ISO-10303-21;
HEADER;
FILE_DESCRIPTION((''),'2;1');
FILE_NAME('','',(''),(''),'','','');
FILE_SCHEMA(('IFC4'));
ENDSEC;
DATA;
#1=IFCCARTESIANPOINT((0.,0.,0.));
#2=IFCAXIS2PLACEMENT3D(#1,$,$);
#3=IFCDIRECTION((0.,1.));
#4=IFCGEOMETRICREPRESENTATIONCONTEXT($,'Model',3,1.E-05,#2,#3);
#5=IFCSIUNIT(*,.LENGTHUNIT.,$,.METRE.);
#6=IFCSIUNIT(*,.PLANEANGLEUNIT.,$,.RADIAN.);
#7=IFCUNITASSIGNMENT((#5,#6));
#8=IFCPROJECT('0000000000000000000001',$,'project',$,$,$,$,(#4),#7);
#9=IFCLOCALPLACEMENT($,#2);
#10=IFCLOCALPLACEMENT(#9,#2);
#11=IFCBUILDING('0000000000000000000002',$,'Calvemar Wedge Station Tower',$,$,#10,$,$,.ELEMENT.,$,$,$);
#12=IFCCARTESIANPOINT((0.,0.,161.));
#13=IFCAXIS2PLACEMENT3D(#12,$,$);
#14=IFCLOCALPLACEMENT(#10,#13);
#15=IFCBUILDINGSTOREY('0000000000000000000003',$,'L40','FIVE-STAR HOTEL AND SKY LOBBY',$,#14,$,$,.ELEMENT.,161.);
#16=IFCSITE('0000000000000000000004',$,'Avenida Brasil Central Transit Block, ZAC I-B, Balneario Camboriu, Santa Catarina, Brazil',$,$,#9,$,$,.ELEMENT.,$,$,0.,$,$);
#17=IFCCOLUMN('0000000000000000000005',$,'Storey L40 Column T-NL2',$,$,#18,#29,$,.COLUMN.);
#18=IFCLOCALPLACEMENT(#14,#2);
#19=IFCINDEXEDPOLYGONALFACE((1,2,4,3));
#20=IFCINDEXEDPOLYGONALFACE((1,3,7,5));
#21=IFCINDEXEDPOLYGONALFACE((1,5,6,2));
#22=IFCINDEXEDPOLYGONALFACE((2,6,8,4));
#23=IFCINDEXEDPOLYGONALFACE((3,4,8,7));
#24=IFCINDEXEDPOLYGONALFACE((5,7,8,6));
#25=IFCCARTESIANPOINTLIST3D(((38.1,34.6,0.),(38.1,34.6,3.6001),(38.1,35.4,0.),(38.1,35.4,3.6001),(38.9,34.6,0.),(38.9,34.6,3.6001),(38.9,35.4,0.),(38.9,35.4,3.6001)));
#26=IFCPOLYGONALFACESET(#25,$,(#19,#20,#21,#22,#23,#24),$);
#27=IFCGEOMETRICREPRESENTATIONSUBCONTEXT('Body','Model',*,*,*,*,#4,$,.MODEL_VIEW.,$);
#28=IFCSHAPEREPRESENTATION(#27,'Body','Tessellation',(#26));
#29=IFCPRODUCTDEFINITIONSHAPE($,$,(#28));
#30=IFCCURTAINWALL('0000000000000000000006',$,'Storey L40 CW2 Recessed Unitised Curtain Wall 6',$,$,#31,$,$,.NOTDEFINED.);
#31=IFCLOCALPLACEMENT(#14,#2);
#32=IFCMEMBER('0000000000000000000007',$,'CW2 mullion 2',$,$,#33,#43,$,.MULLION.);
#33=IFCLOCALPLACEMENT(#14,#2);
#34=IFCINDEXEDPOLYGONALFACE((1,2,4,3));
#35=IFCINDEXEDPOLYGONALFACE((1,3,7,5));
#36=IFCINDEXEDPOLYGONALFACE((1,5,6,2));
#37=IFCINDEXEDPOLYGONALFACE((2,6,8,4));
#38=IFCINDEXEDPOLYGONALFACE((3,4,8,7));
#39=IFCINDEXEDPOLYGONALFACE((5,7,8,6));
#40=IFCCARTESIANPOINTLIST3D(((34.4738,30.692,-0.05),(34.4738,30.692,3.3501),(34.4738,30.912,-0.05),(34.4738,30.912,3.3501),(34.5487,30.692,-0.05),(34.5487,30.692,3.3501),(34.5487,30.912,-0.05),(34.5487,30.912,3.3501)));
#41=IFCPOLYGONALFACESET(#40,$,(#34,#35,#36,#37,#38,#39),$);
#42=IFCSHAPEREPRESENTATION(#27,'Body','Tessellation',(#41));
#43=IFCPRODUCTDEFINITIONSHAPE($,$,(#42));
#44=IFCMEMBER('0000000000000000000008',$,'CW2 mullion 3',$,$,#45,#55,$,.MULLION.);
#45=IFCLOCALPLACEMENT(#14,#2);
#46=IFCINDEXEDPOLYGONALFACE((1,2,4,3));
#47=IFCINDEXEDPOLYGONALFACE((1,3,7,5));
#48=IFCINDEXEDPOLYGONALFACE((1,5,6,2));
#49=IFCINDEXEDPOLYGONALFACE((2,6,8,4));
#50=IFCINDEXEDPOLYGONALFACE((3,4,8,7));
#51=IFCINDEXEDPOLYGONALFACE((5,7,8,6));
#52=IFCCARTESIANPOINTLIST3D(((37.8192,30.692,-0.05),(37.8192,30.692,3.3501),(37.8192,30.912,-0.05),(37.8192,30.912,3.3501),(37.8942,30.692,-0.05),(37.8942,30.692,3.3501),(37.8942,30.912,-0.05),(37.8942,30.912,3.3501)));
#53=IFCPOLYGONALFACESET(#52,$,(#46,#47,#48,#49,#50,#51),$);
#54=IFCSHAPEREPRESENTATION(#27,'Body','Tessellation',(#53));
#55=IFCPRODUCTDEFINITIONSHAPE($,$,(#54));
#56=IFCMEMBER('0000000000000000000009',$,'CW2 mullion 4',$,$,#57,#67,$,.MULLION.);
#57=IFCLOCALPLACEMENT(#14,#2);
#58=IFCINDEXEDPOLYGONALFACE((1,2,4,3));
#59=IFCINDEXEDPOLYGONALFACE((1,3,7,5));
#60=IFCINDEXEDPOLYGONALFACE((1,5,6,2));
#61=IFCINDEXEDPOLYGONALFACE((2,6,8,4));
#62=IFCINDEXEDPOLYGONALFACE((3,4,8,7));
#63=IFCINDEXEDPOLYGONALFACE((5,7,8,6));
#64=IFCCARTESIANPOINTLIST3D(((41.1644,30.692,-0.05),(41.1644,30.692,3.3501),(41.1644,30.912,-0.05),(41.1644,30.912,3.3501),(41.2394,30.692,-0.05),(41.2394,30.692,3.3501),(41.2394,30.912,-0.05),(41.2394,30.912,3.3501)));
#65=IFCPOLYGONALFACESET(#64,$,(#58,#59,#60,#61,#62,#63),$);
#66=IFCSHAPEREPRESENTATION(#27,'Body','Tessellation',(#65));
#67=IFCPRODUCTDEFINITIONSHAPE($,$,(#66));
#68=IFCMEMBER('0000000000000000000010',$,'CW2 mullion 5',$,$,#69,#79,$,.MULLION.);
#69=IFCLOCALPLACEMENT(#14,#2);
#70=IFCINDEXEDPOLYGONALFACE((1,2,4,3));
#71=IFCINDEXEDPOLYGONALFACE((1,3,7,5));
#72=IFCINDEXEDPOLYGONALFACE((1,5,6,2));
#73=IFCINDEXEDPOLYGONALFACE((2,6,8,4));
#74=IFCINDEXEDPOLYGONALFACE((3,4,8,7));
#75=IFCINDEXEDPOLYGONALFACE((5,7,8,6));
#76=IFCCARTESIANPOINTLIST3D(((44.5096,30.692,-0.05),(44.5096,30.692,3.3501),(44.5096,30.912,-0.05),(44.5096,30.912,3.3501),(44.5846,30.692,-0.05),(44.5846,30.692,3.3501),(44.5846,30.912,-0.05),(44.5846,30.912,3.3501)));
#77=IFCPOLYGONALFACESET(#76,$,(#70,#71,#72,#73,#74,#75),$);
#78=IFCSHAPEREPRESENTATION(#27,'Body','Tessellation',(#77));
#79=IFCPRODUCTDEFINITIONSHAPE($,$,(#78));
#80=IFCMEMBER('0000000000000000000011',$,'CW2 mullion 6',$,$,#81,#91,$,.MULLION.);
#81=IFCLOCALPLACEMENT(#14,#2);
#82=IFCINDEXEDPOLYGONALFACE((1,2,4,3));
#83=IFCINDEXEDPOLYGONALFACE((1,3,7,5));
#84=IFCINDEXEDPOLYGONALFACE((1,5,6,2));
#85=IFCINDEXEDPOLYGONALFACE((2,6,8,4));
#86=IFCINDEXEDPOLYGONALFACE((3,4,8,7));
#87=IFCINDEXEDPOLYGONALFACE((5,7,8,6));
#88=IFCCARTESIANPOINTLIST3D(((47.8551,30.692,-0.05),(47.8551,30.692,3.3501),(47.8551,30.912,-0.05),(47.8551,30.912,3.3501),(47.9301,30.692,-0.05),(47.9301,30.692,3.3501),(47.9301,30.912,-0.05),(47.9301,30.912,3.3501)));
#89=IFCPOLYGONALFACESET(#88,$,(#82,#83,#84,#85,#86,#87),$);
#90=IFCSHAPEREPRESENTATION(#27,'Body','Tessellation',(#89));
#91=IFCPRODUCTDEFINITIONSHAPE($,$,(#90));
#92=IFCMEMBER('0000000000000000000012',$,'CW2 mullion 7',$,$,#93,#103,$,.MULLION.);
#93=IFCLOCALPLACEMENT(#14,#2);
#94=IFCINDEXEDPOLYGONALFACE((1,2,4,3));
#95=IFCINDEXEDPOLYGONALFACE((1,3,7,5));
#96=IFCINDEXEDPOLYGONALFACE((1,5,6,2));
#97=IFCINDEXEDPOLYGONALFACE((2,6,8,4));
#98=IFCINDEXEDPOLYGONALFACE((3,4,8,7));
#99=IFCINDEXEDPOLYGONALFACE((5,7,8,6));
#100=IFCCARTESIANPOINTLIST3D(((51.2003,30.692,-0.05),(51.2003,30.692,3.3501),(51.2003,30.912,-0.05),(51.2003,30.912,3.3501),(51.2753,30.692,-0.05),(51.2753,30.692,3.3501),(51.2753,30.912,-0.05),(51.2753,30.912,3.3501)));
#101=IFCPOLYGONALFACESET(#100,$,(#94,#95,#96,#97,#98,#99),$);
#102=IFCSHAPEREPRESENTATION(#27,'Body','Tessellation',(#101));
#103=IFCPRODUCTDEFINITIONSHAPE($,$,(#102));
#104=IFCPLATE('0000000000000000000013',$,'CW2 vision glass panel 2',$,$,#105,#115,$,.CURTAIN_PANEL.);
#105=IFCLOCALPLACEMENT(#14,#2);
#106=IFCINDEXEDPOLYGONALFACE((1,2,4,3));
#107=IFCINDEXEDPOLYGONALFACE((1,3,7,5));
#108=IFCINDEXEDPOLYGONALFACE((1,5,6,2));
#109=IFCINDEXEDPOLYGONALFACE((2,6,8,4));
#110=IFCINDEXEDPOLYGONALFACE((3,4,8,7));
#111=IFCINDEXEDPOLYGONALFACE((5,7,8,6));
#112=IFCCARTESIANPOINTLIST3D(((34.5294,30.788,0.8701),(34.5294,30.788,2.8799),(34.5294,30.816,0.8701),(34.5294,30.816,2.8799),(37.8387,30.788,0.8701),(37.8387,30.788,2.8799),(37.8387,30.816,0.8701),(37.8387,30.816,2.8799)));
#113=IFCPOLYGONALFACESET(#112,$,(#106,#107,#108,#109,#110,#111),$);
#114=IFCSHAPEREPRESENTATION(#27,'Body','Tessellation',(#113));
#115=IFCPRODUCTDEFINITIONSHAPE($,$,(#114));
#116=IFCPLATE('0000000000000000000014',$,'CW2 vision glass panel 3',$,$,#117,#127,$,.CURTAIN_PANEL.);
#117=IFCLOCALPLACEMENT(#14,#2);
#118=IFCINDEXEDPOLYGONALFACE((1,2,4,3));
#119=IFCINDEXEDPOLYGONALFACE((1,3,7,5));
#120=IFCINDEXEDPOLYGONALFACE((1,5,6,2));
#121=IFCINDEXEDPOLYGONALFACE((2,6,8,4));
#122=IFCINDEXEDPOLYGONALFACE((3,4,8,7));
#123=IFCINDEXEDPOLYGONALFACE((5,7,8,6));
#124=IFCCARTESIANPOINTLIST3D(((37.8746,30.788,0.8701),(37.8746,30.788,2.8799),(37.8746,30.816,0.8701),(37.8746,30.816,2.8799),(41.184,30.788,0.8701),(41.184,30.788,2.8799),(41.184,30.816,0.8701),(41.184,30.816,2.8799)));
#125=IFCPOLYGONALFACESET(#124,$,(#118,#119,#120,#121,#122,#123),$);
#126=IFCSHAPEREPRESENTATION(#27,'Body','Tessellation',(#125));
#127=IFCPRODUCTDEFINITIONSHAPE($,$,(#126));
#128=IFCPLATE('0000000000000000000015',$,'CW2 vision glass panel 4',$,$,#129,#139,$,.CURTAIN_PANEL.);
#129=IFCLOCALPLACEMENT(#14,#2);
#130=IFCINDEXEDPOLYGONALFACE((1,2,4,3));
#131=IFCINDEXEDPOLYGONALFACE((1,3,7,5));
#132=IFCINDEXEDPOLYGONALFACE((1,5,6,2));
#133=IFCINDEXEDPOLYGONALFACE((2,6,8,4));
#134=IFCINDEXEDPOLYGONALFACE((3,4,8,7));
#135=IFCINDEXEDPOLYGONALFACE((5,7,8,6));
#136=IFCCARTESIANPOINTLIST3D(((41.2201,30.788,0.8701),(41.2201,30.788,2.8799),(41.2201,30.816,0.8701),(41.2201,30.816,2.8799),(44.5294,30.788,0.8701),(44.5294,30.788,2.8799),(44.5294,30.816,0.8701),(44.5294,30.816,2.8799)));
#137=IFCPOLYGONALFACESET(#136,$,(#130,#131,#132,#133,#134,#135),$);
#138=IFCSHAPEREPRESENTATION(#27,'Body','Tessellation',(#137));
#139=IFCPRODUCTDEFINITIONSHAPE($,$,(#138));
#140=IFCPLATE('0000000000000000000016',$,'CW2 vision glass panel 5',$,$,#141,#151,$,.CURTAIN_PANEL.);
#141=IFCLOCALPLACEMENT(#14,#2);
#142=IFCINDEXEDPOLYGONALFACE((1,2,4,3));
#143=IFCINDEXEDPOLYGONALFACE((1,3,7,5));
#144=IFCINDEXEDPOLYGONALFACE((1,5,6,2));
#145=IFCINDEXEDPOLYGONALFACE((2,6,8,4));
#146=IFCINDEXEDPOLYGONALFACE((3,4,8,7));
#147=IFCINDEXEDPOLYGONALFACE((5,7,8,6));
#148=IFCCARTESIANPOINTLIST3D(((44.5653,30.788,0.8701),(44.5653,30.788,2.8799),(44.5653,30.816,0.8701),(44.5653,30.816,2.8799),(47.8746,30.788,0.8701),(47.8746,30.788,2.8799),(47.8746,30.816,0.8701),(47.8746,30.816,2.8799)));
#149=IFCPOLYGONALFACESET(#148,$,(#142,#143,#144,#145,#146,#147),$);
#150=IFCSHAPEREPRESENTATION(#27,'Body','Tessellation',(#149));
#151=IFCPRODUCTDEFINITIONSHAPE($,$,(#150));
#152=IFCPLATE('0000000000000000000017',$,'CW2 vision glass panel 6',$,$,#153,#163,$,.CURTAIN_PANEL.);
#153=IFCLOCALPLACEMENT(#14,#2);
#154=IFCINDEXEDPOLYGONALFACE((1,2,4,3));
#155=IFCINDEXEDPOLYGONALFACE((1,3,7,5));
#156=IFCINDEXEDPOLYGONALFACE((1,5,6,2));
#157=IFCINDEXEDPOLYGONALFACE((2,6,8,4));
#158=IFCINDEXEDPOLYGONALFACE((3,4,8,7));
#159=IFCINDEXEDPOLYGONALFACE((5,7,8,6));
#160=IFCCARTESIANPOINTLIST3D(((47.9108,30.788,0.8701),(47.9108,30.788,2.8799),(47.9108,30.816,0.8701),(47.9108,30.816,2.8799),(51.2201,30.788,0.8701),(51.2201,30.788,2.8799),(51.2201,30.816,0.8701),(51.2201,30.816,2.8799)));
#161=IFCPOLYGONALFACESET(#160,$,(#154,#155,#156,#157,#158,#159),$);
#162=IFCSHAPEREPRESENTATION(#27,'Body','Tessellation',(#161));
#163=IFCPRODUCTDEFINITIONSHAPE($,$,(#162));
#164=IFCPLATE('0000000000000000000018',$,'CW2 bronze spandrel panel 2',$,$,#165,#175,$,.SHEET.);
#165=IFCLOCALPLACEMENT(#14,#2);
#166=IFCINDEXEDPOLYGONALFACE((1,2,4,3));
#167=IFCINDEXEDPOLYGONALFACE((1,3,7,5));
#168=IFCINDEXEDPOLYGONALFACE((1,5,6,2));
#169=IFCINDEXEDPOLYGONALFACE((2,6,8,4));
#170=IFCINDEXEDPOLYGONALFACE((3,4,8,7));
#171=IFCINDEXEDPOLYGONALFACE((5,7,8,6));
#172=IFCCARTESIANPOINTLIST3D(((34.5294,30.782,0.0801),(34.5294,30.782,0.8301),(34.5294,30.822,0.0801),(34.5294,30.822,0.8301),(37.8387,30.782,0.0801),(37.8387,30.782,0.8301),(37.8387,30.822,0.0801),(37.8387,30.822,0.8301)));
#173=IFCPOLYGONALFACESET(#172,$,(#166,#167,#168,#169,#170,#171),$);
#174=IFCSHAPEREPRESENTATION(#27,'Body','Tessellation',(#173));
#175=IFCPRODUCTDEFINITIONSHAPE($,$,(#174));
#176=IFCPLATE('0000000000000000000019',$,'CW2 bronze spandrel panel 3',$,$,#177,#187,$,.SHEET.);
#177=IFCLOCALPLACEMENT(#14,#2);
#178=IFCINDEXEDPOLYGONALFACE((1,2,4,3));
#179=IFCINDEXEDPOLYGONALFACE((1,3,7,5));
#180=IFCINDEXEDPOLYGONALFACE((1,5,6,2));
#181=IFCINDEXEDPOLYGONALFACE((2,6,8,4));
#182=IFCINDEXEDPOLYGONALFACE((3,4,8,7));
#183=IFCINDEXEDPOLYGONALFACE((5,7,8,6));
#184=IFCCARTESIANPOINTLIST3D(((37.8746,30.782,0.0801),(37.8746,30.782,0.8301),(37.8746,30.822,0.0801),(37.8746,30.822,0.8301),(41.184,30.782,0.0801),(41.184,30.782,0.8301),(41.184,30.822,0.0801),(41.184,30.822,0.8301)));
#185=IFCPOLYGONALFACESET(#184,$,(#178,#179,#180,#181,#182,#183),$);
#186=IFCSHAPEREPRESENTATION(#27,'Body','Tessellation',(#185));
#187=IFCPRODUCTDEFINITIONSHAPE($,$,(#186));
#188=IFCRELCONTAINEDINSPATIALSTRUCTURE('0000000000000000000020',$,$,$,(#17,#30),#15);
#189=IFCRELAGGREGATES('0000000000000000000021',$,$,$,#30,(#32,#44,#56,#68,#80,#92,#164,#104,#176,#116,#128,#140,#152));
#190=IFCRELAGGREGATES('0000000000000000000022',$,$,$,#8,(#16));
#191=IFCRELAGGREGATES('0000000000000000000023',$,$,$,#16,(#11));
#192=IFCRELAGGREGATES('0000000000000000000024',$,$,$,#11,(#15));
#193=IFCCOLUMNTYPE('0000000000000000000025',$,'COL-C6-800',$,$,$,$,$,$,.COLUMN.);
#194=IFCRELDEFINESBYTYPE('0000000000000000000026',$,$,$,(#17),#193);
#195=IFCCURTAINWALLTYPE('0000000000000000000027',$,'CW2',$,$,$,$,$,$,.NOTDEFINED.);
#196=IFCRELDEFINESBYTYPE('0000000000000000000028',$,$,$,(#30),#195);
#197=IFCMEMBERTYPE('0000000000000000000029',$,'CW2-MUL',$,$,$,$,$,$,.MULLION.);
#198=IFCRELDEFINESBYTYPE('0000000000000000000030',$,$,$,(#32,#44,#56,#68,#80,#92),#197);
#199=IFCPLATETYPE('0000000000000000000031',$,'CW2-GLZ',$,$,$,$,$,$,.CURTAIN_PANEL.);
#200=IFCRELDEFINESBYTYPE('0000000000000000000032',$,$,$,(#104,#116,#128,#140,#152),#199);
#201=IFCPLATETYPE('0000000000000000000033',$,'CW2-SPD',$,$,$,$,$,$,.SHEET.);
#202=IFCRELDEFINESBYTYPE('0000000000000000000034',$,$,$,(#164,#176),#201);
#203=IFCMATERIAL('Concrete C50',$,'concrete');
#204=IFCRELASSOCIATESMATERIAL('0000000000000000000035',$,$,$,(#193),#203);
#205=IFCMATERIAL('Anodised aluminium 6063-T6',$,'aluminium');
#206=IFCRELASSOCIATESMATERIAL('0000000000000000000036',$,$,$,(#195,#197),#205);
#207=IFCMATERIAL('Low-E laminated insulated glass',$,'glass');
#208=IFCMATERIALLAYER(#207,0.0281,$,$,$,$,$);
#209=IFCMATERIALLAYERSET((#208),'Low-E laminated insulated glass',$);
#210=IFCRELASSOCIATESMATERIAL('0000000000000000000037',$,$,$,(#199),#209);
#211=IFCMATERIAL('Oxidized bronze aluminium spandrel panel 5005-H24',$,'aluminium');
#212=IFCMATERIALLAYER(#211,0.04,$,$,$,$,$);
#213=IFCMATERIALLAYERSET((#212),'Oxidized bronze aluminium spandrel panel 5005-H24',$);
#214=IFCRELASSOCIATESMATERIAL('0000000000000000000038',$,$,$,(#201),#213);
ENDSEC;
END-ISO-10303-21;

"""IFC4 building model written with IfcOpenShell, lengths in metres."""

from ifc_helpers import new_model, si_unit, direction, frame, frame_2d, origin, origin_2d, place, context, subcontext, project, spatial, rectangle, extrude, source, transform, mapped, material, layer, layer_set, material_profile, profile_set, type_object, element, aggregate, save


model = new_model("IFC4")

# Units and contexts
model_context = context("Model", 3, precision=1e-05, world=origin(), true_north=direction((0.0, 1.0)))
body_context = subcontext(model_context, "Body", "Model", "MODEL_VIEW")
ifc_project = project(units=[si_unit("LENGTHUNIT", "METRE"), si_unit("PLANEANGLEUNIT", "RADIAN")], contexts=[model_context])

# Site, building, storey
site_placement = place(None, origin())
site = spatial("IfcSite", under=ifc_project, at=site_placement, Name="Avenida Brasil Central Transit Block, ZAC I-B, Balneario Camboriu, Santa Catarina, Brazil", CompositionType="ELEMENT", RefElevation=0.0)
building_placement = place(site_placement, origin())
building = spatial("IfcBuilding", under=site, at=building_placement, Name="Calvemar Wedge Station Tower", CompositionType="ELEMENT")
storey_placement = place(building_placement, frame((0.0, 0.0, 161.0)))
storey = spatial("IfcBuildingStorey", under=building, at=storey_placement, Name="L40", Description="FIVE-STAR HOTEL AND SKY LOBBY", CompositionType="ELEMENT", Elevation=161.0)

# Column
ifc_material_1 = material(Name="Concrete C50", Category="concrete")
ifc_material_profile_1 = material_profile(ifc_material_1, rectangle(XDim=0.8, YDim=0.8, at=origin_2d()), Name="RC800x800")
ifc_profile_set_1 = profile_set([ifc_material_profile_1], Name="Concrete C50")
column_type = type_object("IfcColumnType", Name="COL-C6-800", PredefinedType="COLUMN", material=ifc_profile_set_1)
shared_shape_1 = source(origin(), body_context, "Body", "SweptSolid", [
    extrude(rectangle(XDim=0.8, YDim=0.8, at=origin_2d()), origin(), (0.0, 0.0, 1.0), 3.6001),
])
column_placement = place(storey_placement, frame((38.5, 35.0, 0.0), z_axis=(0.0, 0.0, 1.0), x_axis=(1.0, 0.0, 0.0)))
element("IfcColumn", 1, at=column_placement, inside=storey, type_object=column_type, Name="Storey L40 Column T-NL2", PredefinedType="COLUMN", context=body_context, shape_type="MappedRepresentation", body=[
    mapped(shared_shape_1, transform((0.0, 0.0, 0.0), scale=1.0)),
])

# Curtain wall, members, plates
ifc_material_2 = material(Name="Anodised aluminium 6063-T6", Category="aluminium")
curtain_wall_type = type_object("IfcCurtainWallType", Name="CW2", PredefinedType="NOTDEFINED", material=ifc_material_2)
curtain_wall_placement = place(storey_placement, origin())
curtain_wall = element("IfcCurtainWall", 2, at=curtain_wall_placement, inside=storey, type_object=curtain_wall_type, Name="Storey L40 CW2 Recessed Unitised Curtain Wall 6", PredefinedType="NOTDEFINED")
ifc_material_profile_2 = material_profile(ifc_material_2, rectangle(XDim=0.075, YDim=0.22, at=origin_2d()), Name="AL-MUL-75x220")
ifc_profile_set_2 = profile_set([ifc_material_profile_2], Name="Anodised aluminium 6063-T6")
member_type = type_object("IfcMemberType", Name="CW2-MUL", PredefinedType="MULLION", material=ifc_profile_set_2)
shared_shape_2 = source(origin(), body_context, "Body", "SweptSolid", [
    extrude(rectangle(XDim=0.075, YDim=0.22, at=origin_2d()), origin(), (0.0, 0.0, 1.0), 3.4001),
])
member_1_placement = place(storey_placement, frame((34.5112, 30.802, -0.05), z_axis=(0.0, 0.0, 1.0), x_axis=(1.0, 0.0, 0.0)))
member_1 = element("IfcMember", 3, at=member_1_placement, type_object=member_type, Name="CW2 mullion 2", PredefinedType="MULLION", context=body_context, shape_type="MappedRepresentation", body=[
    mapped(shared_shape_2, transform((0.0, 0.0, 0.0), scale=1.0)),
])
member_2_placement = place(storey_placement, frame((37.8567, 30.802, -0.05), z_axis=(0.0, 0.0, 1.0), x_axis=(1.0, 0.0, 0.0)))
member_2 = element("IfcMember", 4, at=member_2_placement, type_object=member_type, Name="CW2 mullion 3", PredefinedType="MULLION", context=body_context, shape_type="MappedRepresentation", body=[
    mapped(shared_shape_2, transform((0.0, 0.0, 0.0), scale=1.0)),
])
member_3_placement = place(storey_placement, frame((41.2019, 30.802, -0.05), z_axis=(0.0, 0.0, 1.0), x_axis=(1.0, 0.0, 0.0)))
member_3 = element("IfcMember", 5, at=member_3_placement, type_object=member_type, Name="CW2 mullion 4", PredefinedType="MULLION", context=body_context, shape_type="MappedRepresentation", body=[
    mapped(shared_shape_2, transform((0.0, 0.0, 0.0), scale=1.0)),
])
member_4_placement = place(storey_placement, frame((44.5471, 30.802, -0.05), z_axis=(0.0, 0.0, 1.0), x_axis=(1.0, 0.0, 0.0)))
member_4 = element("IfcMember", 6, at=member_4_placement, type_object=member_type, Name="CW2 mullion 5", PredefinedType="MULLION", context=body_context, shape_type="MappedRepresentation", body=[
    mapped(shared_shape_2, transform((0.0, 0.0, 0.0), scale=1.0)),
])
member_5_placement = place(storey_placement, frame((47.8926, 30.802, -0.05), z_axis=(0.0, 0.0, 1.0), x_axis=(1.0, 0.0, 0.0)))
member_5 = element("IfcMember", 7, at=member_5_placement, type_object=member_type, Name="CW2 mullion 6", PredefinedType="MULLION", context=body_context, shape_type="MappedRepresentation", body=[
    mapped(shared_shape_2, transform((0.0, 0.0, 0.0), scale=1.0)),
])
member_6_placement = place(storey_placement, frame((51.2378, 30.802, -0.05), z_axis=(0.0, 0.0, 1.0), x_axis=(1.0, 0.0, 0.0)))
member_6 = element("IfcMember", 8, at=member_6_placement, type_object=member_type, Name="CW2 mullion 7", PredefinedType="MULLION", context=body_context, shape_type="MappedRepresentation", body=[
    mapped(shared_shape_2, transform((0.0, 0.0, 0.0), scale=1.0)),
])
ifc_material_3 = material(Name="Low-E laminated insulated glass", Category="glass")
ifc_layer_1 = layer(ifc_material_3, 0.0281)
ifc_layer_set_1 = layer_set([ifc_layer_1], Name="Low-E laminated insulated glass")
plate_type_1 = type_object("IfcPlateType", Name="CW2-GLZ", PredefinedType="CURTAIN_PANEL", material=ifc_layer_set_1)
plate_1_placement = place(storey_placement, frame((34.5293, 30.802, 0.8701), z_axis=(0.0, 0.0, 1.0), x_axis=(1.0, 0.0, 0.0)))
plate_1 = element("IfcPlate", 9, at=plate_1_placement, type_object=plate_type_1, Name="CW2 vision glass panel 2", PredefinedType="CURTAIN_PANEL", context=body_context, shape_type="SweptSolid", body=[
    extrude(rectangle(XDim=3.3093, YDim=0.0281, at=frame_2d((1.6548, 0.0))), origin(), (0.0, 0.0, 1.0), 2.0098),
])
plate_2_placement = place(storey_placement, frame((37.8745, 30.802, 0.8701), z_axis=(0.0, 0.0, 1.0), x_axis=(1.0, 0.0, 0.0)))
plate_2 = element("IfcPlate", 10, at=plate_2_placement, type_object=plate_type_1, Name="CW2 vision glass panel 3", PredefinedType="CURTAIN_PANEL", context=body_context, shape_type="SweptSolid", body=[
    extrude(rectangle(XDim=3.3093, YDim=0.0281, at=frame_2d((1.6548, 0.0))), origin(), (0.0, 0.0, 1.0), 2.0098),
])
plate_3_placement = place(storey_placement, frame((41.22, 30.802, 0.8701), z_axis=(0.0, 0.0, 1.0), x_axis=(1.0, 0.0, 0.0)))
plate_3 = element("IfcPlate", 11, at=plate_3_placement, type_object=plate_type_1, Name="CW2 vision glass panel 4", PredefinedType="CURTAIN_PANEL", context=body_context, shape_type="SweptSolid", body=[
    extrude(rectangle(XDim=3.3093, YDim=0.0281, at=frame_2d((1.6548, 0.0))), origin(), (0.0, 0.0, 1.0), 2.0098),
])
plate_4_placement = place(storey_placement, frame((44.5652, 30.802, 0.8701), z_axis=(0.0, 0.0, 1.0), x_axis=(1.0, 0.0, 0.0)))
plate_4 = element("IfcPlate", 12, at=plate_4_placement, type_object=plate_type_1, Name="CW2 vision glass panel 5", PredefinedType="CURTAIN_PANEL", context=body_context, shape_type="SweptSolid", body=[
    extrude(rectangle(XDim=3.3093, YDim=0.0281, at=frame_2d((1.6548, 0.0))), origin(), (0.0, 0.0, 1.0), 2.0098),
])
plate_5_placement = place(storey_placement, frame((47.9106, 30.802, 0.8701), z_axis=(0.0, 0.0, 1.0), x_axis=(1.0, 0.0, 0.0)))
plate_5 = element("IfcPlate", 13, at=plate_5_placement, type_object=plate_type_1, Name="CW2 vision glass panel 6", PredefinedType="CURTAIN_PANEL", context=body_context, shape_type="SweptSolid", body=[
    extrude(rectangle(XDim=3.3093, YDim=0.0281, at=frame_2d((1.6548, 0.0))), origin(), (0.0, 0.0, 1.0), 2.0098),
])
ifc_material_4 = material(Name="Oxidized bronze aluminium spandrel panel 5005-H24", Category="aluminium")
ifc_layer_2 = layer(ifc_material_4, 0.04)
ifc_layer_set_2 = layer_set([ifc_layer_2], Name="Oxidized bronze aluminium spandrel panel 5005-H24")
plate_type_2 = type_object("IfcPlateType", Name="CW2-SPD", PredefinedType="SHEET", material=ifc_layer_set_2)
plate_6_placement = place(storey_placement, frame((34.5293, 30.802, 0.0801), z_axis=(0.0, 0.0, 1.0), x_axis=(1.0, 0.0, 0.0)))
plate_6 = element("IfcPlate", 14, at=plate_6_placement, type_object=plate_type_2, Name="CW2 bronze spandrel panel 2", PredefinedType="SHEET", context=body_context, shape_type="SweptSolid", body=[
    extrude(rectangle(XDim=3.3093, YDim=0.04, at=frame_2d((1.6548, 0.0))), origin(), (0.0, 0.0, 1.0), 0.75),
])
plate_7_placement = place(storey_placement, frame((37.8745, 30.802, 0.0801), z_axis=(0.0, 0.0, 1.0), x_axis=(1.0, 0.0, 0.0)))
plate_7 = element("IfcPlate", 15, at=plate_7_placement, type_object=plate_type_2, Name="CW2 bronze spandrel panel 3", PredefinedType="SHEET", context=body_context, shape_type="SweptSolid", body=[
    extrude(rectangle(XDim=3.3093, YDim=0.04, at=frame_2d((1.6548, 0.0))), origin(), (0.0, 0.0, 1.0), 0.75),
])
aggregate(curtain_wall, [member_1, member_2, member_3, member_4, member_5, member_6, plate_6, plate_1, plate_7, plate_2, plate_3, plate_4, plate_5])

save(model, "model.ifc")
